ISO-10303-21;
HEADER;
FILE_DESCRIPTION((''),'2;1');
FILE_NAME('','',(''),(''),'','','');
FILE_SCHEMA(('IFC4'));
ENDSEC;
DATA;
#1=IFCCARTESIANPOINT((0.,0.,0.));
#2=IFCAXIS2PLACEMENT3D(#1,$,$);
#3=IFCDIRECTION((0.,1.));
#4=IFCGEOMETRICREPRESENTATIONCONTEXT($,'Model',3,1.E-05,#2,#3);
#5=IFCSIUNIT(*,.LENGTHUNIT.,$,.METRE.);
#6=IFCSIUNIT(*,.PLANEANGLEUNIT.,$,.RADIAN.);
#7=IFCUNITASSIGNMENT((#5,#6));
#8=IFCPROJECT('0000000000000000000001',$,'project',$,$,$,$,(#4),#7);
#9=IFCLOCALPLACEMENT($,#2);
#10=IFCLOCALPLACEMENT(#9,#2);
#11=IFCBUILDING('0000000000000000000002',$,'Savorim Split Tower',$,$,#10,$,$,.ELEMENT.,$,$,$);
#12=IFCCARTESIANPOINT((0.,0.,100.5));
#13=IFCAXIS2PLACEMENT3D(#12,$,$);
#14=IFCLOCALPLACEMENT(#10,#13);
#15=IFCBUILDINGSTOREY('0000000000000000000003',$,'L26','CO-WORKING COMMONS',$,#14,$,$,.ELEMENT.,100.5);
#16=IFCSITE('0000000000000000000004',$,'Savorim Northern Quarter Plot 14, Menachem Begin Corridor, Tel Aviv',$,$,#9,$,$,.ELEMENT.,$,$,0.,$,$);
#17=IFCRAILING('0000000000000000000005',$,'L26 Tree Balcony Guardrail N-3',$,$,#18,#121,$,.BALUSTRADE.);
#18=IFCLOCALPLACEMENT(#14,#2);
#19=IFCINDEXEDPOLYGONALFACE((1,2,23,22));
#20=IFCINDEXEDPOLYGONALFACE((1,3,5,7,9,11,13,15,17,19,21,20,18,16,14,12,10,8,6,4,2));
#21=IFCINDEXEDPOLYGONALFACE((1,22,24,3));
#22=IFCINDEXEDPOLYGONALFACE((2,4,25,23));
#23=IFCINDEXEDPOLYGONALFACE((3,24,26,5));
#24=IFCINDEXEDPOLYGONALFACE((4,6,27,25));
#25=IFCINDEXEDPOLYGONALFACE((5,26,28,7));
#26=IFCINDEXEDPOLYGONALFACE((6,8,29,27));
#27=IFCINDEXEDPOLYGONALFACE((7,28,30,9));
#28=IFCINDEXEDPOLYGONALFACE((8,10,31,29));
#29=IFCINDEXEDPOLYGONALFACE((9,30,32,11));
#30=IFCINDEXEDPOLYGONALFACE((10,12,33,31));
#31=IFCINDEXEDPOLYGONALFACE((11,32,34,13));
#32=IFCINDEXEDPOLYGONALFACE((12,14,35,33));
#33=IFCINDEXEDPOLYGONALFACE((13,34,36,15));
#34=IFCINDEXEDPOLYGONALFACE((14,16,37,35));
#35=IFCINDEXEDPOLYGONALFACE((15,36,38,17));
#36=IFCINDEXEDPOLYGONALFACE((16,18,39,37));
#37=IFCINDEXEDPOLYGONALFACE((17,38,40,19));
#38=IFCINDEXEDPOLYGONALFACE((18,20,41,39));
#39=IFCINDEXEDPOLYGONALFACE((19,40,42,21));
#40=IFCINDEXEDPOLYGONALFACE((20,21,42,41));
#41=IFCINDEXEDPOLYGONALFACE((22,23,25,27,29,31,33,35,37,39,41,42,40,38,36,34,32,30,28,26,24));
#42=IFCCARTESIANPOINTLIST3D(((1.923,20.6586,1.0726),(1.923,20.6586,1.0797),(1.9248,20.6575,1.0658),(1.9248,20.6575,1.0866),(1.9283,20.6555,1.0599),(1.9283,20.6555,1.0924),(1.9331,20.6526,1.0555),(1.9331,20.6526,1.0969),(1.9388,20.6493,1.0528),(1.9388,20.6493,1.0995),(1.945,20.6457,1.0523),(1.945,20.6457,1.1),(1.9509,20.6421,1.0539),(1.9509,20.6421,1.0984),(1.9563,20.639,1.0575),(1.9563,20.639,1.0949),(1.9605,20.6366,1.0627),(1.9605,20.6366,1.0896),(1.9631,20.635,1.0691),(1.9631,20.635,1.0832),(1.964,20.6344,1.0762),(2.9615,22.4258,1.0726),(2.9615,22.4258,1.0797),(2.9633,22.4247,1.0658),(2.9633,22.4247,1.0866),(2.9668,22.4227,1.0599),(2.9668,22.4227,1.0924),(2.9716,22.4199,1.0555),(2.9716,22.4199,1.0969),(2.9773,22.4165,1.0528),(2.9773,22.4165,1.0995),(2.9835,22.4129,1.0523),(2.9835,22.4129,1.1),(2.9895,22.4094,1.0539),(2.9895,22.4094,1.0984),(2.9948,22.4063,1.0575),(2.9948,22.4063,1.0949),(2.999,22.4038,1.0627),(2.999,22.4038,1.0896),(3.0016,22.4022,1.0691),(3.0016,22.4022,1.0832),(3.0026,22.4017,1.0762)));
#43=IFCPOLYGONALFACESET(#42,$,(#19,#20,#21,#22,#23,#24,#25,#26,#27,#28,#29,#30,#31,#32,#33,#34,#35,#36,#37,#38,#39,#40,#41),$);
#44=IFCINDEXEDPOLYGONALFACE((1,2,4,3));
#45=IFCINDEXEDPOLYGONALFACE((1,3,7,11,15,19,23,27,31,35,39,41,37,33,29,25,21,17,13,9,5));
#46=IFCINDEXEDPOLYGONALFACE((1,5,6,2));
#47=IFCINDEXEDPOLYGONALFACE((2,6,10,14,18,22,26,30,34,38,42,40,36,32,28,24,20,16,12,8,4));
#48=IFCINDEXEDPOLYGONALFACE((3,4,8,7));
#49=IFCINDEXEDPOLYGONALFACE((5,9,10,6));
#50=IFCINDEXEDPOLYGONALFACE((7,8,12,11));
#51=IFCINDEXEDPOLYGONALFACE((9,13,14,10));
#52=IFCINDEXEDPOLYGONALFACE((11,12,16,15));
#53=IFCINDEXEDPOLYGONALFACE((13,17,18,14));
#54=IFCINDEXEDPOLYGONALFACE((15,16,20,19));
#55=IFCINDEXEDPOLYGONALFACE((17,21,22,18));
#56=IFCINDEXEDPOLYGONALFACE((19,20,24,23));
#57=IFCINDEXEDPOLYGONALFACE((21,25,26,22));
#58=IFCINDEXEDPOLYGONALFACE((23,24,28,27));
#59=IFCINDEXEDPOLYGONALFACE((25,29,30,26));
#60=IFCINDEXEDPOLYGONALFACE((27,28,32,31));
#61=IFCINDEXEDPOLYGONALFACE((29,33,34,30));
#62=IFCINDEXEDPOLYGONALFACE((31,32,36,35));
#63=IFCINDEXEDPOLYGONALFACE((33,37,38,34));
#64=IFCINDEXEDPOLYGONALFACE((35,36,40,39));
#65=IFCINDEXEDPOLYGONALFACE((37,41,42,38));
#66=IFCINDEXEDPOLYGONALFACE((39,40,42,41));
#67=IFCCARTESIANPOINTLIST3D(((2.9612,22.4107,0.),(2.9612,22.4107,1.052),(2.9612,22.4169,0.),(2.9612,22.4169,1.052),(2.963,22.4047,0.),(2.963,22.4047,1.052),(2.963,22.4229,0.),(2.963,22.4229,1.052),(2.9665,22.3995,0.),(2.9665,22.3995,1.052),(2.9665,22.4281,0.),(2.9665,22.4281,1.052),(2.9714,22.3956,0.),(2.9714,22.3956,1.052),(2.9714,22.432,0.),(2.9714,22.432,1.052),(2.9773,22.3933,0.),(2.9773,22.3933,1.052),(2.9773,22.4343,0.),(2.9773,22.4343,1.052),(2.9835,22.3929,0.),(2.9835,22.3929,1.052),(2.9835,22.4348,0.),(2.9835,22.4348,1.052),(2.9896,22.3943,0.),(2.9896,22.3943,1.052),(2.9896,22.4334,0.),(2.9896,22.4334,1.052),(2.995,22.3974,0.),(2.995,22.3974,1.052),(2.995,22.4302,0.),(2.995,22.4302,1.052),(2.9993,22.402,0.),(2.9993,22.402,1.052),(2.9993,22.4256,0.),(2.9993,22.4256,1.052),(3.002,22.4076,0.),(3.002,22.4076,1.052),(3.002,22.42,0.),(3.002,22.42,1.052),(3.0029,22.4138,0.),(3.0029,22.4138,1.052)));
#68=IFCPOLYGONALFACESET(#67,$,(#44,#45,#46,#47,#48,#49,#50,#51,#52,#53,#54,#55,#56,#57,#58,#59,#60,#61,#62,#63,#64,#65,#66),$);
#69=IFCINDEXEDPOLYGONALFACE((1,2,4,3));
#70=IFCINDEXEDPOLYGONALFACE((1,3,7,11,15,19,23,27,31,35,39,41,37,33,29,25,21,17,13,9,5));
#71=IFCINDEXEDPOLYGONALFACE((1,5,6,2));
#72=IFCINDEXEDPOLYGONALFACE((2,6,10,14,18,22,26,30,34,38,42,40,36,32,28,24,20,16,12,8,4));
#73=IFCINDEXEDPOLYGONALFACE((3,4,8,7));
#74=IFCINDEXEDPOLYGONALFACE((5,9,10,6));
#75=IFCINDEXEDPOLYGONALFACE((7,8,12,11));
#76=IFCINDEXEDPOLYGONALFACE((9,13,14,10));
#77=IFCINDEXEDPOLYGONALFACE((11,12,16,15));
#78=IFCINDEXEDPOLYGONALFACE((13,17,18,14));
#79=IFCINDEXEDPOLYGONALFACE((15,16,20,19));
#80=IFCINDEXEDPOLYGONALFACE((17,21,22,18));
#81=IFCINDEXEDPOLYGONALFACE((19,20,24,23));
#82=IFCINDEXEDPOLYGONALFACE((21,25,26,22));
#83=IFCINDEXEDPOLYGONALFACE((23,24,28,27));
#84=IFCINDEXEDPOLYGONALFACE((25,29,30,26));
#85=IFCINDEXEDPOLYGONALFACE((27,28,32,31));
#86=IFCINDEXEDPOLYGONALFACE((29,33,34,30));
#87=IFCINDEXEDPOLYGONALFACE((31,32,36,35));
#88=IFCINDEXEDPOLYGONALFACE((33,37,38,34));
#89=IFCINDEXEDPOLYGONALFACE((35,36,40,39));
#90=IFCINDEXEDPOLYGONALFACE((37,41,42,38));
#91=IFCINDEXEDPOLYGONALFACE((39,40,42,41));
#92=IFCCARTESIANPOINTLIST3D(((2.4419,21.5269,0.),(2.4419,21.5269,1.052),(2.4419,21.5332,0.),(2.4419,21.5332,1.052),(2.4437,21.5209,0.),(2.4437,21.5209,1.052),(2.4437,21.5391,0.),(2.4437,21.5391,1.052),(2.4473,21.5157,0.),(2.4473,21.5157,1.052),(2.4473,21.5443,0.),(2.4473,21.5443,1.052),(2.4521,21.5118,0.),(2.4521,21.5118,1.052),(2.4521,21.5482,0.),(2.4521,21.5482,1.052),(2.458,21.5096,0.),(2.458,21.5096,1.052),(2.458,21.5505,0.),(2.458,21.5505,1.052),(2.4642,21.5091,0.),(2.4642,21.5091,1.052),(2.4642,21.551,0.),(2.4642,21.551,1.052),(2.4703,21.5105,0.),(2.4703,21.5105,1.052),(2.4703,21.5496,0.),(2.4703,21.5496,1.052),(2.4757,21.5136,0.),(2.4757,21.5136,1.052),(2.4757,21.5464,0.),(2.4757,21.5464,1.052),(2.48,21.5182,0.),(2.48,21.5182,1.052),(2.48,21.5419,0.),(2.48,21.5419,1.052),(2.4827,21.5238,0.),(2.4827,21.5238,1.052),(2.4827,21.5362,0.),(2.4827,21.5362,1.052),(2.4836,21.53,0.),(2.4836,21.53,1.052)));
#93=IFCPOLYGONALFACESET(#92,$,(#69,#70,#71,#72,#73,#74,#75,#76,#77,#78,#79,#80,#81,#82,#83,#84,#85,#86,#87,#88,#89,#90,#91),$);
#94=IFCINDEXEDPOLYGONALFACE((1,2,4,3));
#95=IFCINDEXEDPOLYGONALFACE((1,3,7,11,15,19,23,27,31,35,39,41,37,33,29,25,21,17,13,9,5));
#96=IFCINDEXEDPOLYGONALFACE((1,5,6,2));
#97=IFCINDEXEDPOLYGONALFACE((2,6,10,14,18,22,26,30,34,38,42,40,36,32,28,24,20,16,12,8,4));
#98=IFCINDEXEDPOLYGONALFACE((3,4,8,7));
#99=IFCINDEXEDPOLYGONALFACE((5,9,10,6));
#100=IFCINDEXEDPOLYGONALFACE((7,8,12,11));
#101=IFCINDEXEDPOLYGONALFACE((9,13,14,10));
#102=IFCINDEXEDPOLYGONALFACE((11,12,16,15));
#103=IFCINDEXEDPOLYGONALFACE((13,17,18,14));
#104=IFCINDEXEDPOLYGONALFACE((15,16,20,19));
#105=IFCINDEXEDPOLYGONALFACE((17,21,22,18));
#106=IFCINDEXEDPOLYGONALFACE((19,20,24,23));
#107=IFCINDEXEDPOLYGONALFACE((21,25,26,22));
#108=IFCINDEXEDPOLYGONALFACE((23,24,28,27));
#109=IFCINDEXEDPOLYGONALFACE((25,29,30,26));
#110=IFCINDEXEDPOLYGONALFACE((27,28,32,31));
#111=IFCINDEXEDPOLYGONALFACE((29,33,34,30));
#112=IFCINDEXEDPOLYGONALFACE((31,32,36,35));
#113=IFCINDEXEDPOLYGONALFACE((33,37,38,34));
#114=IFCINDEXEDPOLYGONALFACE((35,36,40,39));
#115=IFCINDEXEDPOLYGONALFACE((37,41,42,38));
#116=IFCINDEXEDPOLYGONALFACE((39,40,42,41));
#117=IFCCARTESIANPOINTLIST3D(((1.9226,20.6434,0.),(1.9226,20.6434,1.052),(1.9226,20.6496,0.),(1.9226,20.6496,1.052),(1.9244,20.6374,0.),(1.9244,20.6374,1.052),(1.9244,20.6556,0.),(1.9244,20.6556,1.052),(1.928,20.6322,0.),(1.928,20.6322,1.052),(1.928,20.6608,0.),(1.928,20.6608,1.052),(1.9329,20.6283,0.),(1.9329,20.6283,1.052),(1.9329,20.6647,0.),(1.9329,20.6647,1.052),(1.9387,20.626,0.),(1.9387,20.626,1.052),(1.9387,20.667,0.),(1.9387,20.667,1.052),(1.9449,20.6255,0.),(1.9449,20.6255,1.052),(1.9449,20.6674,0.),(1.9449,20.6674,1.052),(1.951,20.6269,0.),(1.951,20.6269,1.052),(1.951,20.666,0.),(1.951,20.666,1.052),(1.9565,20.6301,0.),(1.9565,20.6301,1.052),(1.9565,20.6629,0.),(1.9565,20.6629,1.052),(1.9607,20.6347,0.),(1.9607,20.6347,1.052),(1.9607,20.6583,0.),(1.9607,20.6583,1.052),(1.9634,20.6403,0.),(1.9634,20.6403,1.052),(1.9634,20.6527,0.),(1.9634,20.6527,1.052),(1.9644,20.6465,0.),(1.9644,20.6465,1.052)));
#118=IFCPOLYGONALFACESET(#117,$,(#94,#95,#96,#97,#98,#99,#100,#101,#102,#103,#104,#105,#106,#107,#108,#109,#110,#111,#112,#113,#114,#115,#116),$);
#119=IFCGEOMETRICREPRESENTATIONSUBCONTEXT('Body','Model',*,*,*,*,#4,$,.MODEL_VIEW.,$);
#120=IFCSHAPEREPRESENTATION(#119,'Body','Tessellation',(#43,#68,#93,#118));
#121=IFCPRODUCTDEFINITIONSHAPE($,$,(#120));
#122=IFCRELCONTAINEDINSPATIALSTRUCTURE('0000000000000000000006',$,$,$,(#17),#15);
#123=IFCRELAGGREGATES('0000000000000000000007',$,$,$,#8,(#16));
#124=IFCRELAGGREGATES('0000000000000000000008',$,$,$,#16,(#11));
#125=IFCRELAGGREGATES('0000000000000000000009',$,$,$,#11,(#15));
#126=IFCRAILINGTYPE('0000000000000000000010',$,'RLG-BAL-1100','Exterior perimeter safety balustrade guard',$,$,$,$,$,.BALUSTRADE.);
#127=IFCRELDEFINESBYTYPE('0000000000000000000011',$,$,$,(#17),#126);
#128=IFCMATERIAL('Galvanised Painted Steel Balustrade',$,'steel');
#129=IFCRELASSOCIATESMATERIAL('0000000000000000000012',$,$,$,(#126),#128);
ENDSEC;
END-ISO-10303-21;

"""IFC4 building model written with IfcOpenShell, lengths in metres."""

from ifc_helpers import new_model, si_unit, direction, frame, origin, origin_2d, place, context, subcontext, project, spatial, circle, extrude, material, type_object, element, save


model = new_model("IFC4")

# Units and contexts
model_context = context("Model", 3, precision=1e-05, world=origin(), true_north=direction((0.0, 1.0)))
body_context = subcontext(model_context, "Body", "Model", "MODEL_VIEW")
ifc_project = project(units=[si_unit("LENGTHUNIT", "METRE"), si_unit("PLANEANGLEUNIT", "RADIAN")], contexts=[model_context])

# Site, building, storey
site_placement = place(None, origin())
site = spatial("IfcSite", under=ifc_project, at=site_placement, Name="Savorim Northern Quarter Plot 14, Menachem Begin Corridor, Tel Aviv", CompositionType="ELEMENT", RefElevation=0.0)
building_placement = place(site_placement, origin())
building = spatial("IfcBuilding", under=site, at=building_placement, Name="Savorim Split Tower", CompositionType="ELEMENT")
storey_placement = place(building_placement, frame((0.0, 0.0, 100.5)))
storey = spatial("IfcBuildingStorey", under=building, at=storey_placement, Name="L26", Description="CO-WORKING COMMONS", CompositionType="ELEMENT", Elevation=100.5)

# Railing
ifc_material_1 = material(Name="Galvanised Painted Steel Balustrade", Category="steel")
railing_type_1 = type_object("IfcRailingType", Name="RLG-BAL-1100", Description="Exterior perimeter safety balustrade guard", PredefinedType="BALUSTRADE", material=ifc_material_1)
railing_1_placement = place(storey_placement, frame((2.9819, 22.4138, 0.0)))
element("IfcRailing", 1, at=railing_1_placement, inside=storey, type_object=railing_type_1, Name="L26 Tree Balcony Guardrail N-3", PredefinedType="BALUSTRADE", context=body_context, shape_type="SweptSolid", body=[
    extrude(circle(Radius=0.0239, at=origin_2d()), frame((0.0, 0.0, 1.0762), z_axis=(-0.506645, -0.862155, 0.0), x_axis=(0.862155, -0.506645, 0.0)), (0.0, 0.0, 1.0), 2.0498),
    extrude(circle(Radius=0.021, at=origin_2d()), origin(), (0.0, 0.0, 1.0), 1.052),
    extrude(circle(Radius=0.021, at=origin_2d()), frame((-0.5193, -0.8838, 0.0)), (0.0, 0.0, 1.0), 1.052),
    extrude(circle(Radius=0.021, at=origin_2d()), frame((-1.0386, -1.7673, 0.0)), (0.0, 0.0, 1.0), 1.052),
])

save(model, "model.ifc")
